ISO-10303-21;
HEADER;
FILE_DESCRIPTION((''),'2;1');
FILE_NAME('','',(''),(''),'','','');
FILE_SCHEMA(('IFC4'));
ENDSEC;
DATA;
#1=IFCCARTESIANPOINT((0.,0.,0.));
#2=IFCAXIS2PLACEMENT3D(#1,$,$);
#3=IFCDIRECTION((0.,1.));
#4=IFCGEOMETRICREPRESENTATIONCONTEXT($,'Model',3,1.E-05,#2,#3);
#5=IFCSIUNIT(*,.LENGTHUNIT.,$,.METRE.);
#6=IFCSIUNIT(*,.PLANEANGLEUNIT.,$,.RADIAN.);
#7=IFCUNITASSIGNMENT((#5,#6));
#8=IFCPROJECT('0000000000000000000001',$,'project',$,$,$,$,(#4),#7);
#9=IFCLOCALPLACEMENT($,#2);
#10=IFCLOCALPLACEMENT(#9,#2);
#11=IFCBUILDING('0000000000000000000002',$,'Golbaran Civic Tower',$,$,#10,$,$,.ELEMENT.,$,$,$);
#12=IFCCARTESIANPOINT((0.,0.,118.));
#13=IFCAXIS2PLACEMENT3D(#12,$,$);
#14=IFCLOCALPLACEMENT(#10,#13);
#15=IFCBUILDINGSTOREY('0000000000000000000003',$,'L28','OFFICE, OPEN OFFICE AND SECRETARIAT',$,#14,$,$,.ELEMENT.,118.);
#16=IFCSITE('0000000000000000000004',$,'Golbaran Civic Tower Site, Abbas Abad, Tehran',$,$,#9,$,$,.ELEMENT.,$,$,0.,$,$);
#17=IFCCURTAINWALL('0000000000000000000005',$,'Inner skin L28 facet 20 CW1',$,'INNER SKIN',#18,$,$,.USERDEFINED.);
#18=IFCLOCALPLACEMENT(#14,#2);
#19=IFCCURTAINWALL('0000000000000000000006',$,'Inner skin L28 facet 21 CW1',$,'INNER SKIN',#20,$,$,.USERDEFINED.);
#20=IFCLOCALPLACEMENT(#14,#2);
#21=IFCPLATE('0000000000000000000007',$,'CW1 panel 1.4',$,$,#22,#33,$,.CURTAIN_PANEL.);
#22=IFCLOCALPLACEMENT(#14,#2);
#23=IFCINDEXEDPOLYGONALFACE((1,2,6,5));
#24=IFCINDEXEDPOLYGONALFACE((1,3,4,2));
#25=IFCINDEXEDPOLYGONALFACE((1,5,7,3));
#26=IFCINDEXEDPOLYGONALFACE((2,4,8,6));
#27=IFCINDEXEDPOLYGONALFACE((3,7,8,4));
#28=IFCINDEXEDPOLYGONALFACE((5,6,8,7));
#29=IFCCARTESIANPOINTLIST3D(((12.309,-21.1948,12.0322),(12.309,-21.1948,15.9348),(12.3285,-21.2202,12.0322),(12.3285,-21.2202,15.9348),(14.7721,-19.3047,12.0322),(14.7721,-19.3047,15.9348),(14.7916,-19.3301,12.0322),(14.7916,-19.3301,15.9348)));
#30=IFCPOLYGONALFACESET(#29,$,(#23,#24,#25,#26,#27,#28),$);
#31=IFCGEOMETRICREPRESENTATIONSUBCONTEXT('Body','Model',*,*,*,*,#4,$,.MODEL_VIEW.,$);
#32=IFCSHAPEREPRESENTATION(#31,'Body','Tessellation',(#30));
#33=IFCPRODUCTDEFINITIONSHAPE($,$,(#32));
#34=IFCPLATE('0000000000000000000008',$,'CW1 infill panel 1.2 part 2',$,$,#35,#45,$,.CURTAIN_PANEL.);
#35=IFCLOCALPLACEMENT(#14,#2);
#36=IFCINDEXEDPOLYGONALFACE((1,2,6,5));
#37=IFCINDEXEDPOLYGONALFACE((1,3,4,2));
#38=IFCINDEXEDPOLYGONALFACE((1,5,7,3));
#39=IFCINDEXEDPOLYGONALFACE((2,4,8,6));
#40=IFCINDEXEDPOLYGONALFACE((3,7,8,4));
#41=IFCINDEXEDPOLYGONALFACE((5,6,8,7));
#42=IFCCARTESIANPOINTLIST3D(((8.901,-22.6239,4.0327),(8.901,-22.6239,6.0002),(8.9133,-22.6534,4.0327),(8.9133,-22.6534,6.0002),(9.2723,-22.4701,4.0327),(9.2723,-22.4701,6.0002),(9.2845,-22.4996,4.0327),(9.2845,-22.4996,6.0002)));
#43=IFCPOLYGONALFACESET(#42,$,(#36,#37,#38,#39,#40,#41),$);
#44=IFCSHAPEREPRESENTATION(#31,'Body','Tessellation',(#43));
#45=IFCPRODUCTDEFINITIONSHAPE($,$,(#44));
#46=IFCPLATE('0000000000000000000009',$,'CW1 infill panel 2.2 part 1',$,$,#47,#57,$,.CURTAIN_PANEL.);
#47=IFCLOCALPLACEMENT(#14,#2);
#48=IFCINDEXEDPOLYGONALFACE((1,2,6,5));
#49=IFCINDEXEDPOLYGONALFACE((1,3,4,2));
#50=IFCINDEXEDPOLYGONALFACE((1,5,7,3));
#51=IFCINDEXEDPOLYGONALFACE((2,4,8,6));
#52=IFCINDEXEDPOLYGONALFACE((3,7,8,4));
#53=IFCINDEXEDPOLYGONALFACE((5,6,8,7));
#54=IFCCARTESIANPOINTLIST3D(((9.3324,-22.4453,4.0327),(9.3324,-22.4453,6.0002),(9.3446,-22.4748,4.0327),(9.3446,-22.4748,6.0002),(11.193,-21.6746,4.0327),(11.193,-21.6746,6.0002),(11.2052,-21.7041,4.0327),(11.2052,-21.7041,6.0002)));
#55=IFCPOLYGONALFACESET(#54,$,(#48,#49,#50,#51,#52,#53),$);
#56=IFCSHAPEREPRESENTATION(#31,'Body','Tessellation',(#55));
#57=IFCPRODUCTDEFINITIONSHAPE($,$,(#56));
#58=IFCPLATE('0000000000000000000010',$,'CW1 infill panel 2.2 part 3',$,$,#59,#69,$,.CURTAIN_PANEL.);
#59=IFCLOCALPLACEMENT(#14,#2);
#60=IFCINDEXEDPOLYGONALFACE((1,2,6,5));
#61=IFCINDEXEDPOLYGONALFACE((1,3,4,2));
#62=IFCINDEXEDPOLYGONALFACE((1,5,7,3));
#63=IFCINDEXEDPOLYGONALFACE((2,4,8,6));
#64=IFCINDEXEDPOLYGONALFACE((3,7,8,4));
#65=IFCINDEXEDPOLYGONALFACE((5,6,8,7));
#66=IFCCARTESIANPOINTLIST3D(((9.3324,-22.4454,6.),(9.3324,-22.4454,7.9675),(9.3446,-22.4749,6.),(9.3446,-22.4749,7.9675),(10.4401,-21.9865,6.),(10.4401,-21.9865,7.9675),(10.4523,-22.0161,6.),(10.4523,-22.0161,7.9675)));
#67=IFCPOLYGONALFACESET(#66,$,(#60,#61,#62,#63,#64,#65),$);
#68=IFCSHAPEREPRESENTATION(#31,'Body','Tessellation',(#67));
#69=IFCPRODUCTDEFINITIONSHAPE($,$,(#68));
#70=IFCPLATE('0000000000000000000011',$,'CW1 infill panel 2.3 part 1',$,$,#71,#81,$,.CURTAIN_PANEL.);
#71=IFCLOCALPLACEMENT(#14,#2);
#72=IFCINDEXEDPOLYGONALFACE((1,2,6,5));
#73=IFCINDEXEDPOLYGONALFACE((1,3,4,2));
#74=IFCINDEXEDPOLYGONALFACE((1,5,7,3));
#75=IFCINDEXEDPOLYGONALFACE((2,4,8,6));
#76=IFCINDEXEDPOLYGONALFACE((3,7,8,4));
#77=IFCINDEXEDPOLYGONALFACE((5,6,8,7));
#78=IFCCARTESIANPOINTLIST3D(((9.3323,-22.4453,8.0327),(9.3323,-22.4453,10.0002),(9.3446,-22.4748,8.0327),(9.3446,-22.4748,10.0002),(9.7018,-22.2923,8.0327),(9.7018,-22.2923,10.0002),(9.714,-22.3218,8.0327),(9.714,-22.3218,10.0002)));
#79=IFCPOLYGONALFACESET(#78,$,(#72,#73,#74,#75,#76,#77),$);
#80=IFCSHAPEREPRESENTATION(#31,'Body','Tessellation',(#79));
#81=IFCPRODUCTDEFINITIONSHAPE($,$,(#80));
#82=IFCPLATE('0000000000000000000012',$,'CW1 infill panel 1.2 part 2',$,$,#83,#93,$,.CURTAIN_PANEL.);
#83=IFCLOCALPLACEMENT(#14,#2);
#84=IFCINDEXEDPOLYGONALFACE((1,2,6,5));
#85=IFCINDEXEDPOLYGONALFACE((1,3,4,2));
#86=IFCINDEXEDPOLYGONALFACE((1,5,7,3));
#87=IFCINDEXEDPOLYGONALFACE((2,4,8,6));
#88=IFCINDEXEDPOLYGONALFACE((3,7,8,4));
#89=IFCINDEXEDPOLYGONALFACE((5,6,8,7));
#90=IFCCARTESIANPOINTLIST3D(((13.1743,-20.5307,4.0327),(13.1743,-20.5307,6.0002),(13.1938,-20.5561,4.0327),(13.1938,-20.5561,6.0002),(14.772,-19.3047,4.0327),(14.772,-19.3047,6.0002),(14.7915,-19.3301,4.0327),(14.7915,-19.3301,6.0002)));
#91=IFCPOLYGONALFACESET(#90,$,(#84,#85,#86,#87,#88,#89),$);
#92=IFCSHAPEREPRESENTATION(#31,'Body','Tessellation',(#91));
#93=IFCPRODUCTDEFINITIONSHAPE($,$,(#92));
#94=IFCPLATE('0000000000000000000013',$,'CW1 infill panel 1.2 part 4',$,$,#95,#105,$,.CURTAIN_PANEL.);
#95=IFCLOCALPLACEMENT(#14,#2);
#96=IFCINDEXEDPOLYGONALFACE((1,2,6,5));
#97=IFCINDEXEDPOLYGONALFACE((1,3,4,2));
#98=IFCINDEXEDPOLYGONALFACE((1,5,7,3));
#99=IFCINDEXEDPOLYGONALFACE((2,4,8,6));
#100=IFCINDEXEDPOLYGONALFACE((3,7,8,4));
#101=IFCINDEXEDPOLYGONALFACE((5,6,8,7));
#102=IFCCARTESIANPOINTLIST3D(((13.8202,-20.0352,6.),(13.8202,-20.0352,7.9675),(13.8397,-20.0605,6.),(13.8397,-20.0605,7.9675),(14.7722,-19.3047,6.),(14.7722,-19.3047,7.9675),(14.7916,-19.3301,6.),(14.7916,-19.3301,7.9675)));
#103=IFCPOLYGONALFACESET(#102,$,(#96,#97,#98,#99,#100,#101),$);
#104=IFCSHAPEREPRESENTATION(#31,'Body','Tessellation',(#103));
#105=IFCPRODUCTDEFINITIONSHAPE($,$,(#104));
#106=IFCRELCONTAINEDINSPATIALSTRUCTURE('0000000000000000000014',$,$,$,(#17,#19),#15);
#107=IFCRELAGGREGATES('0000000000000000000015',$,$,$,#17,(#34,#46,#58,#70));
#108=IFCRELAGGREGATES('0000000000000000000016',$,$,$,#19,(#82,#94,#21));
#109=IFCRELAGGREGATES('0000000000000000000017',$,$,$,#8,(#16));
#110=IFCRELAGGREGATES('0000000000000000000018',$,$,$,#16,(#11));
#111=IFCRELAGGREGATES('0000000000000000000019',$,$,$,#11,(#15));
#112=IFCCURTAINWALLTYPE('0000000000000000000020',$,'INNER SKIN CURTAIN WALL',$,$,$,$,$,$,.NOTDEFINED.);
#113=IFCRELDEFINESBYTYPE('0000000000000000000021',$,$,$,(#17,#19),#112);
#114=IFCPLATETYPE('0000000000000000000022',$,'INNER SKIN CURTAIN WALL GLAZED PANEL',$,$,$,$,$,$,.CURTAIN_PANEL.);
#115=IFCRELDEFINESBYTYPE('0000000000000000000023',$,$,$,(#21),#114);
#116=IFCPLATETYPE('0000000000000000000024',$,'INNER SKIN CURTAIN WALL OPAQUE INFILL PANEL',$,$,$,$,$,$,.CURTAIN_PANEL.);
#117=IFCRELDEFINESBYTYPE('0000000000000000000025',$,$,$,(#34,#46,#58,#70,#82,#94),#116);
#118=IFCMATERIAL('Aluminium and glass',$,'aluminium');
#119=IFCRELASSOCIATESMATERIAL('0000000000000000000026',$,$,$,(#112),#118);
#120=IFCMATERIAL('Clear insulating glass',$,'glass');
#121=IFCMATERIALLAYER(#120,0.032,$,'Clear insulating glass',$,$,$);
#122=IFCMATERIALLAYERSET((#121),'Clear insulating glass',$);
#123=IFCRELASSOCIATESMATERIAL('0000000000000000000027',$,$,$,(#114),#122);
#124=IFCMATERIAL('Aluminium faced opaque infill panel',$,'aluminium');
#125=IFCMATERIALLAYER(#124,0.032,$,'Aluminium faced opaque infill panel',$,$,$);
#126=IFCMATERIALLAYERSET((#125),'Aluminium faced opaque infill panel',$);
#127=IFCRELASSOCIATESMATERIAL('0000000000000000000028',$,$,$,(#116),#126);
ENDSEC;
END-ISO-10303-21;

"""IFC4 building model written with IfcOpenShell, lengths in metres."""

from ifc_helpers import new_model, si_unit, direction, frame, origin, origin_2d, place, context, subcontext, project, spatial, rectangle, extrude, material, layer, layer_set, type_object, element, aggregate, save


model = new_model("IFC4")

# Units and contexts
model_context = context("Model", 3, precision=1e-05, world=origin(), true_north=direction((0.0, 1.0)))
body_context = subcontext(model_context, "Body", "Model", "MODEL_VIEW")
ifc_project = project(units=[si_unit("LENGTHUNIT", "METRE"), si_unit("PLANEANGLEUNIT", "RADIAN")], contexts=[model_context])

# Site, building, storey
site_placement = place(None, origin())
site = spatial("IfcSite", under=ifc_project, at=site_placement, Name="Golbaran Civic Tower Site, Abbas Abad, Tehran", CompositionType="ELEMENT", RefElevation=0.0)
building_placement = place(site_placement, origin())
building = spatial("IfcBuilding", under=site, at=building_placement, Name="Golbaran Civic Tower", CompositionType="ELEMENT")
storey_placement = place(building_placement, frame((0.0, 0.0, 118.0)))
storey = spatial("IfcBuildingStorey", under=building, at=storey_placement, Name="L28", Description="OFFICE, OPEN OFFICE AND SECRETARIAT", CompositionType="ELEMENT", Elevation=118.0)

# Curtain walls
ifc_material_1 = material(Name="Aluminium and glass", Category="aluminium")
curtain_wall_type = type_object("IfcCurtainWallType", Name="INNER SKIN CURTAIN WALL", PredefinedType="NOTDEFINED", material=ifc_material_1)
curtain_wall_1_placement = place(storey_placement, origin())
curtain_wall_1 = element("IfcCurtainWall", 1, at=curtain_wall_1_placement, inside=storey, type_object=curtain_wall_type, Name="Inner skin L28 facet 20 CW1", ObjectType="INNER SKIN", PredefinedType="USERDEFINED")
curtain_wall_2_placement = place(storey_placement, origin())
curtain_wall_2 = element("IfcCurtainWall", 2, at=curtain_wall_2_placement, inside=storey, type_object=curtain_wall_type, Name="Inner skin L28 facet 21 CW1", ObjectType="INNER SKIN", PredefinedType="USERDEFINED")

# Plates
ifc_material_2 = material(Name="Clear insulating glass", Category="glass")
ifc_layer_1 = layer(ifc_material_2, 0.032, Name="Clear insulating glass")
ifc_layer_set_1 = layer_set([ifc_layer_1], Name="Clear insulating glass")
plate_type_1 = type_object("IfcPlateType", Name="INNER SKIN CURTAIN WALL GLAZED PANEL", PredefinedType="CURTAIN_PANEL", material=ifc_layer_set_1)
plate_1_placement = place(storey_placement, frame((13.5503, -20.2625, 12.0322), z_axis=(0.0, 0.0, 1.0), x_axis=(0.793353, 0.608761, 0.0)))
plate_1 = element("IfcPlate", 3, at=plate_1_placement, type_object=plate_type_1, Name="CW1 panel 1.4", PredefinedType="CURTAIN_PANEL", context=body_context, shape_type="SweptSolid", body=[
    extrude(rectangle(XDim=3.1047, YDim=0.032, at=origin_2d()), origin(), (0.0, 0.0, 1.0), 3.9026),
])
ifc_material_3 = material(Name="Aluminium faced opaque infill panel", Category="aluminium")
ifc_layer_2 = layer(ifc_material_3, 0.032, Name="Aluminium faced opaque infill panel")
ifc_layer_set_2 = layer_set([ifc_layer_2], Name="Aluminium faced opaque infill panel")
plate_type_2 = type_object("IfcPlateType", Name="INNER SKIN CURTAIN WALL OPAQUE INFILL PANEL", PredefinedType="CURTAIN_PANEL", material=ifc_layer_set_2)
plate_2_placement = place(storey_placement, frame((9.0928, -22.5618, 4.0327), z_axis=(0.0, 0.0, 1.0), x_axis=(0.92388, 0.382683, 0.0)))
plate_2 = element("IfcPlate", 4, at=plate_2_placement, type_object=plate_type_2, Name="CW1 infill panel 1.2 part 2", PredefinedType="CURTAIN_PANEL", context=body_context, shape_type="SweptSolid", body=[
    extrude(rectangle(XDim=0.4019, YDim=0.032, at=origin_2d()), origin(), (0.0, 0.0, 1.0), 1.9675),
])
plate_3_placement = place(storey_placement, frame((10.2688, -22.0747, 4.0327), z_axis=(0.0, 0.0, 1.0), x_axis=(0.92388, 0.382683, 0.0)))
plate_3 = element("IfcPlate", 5, at=plate_3_placement, type_object=plate_type_2, Name="CW1 infill panel 2.2 part 1", PredefinedType="CURTAIN_PANEL", context=body_context, shape_type="SweptSolid", body=[
    extrude(rectangle(XDim=2.0139, YDim=0.032, at=origin_2d()), origin(), (0.0, 0.0, 1.0), 1.9675),
])
plate_4_placement = place(storey_placement, frame((9.8923, -22.2307, 6.0), z_axis=(0.0, 0.0, 1.0), x_axis=(0.92388, 0.382683, 0.0)))
plate_4 = element("IfcPlate", 6, at=plate_4_placement, type_object=plate_type_2, Name="CW1 infill panel 2.2 part 3", PredefinedType="CURTAIN_PANEL", context=body_context, shape_type="SweptSolid", body=[
    extrude(rectangle(XDim=1.199, YDim=0.032, at=origin_2d()), origin(), (0.0, 0.0, 1.0), 1.9675),
])
plate_5_placement = place(storey_placement, frame((9.5232, -22.3835, 8.0327), z_axis=(0.0, 0.0, 1.0), x_axis=(0.92388, 0.382683, 0.0)))
plate_5 = element("IfcPlate", 7, at=plate_5_placement, type_object=plate_type_2, Name="CW1 infill panel 2.3 part 1", PredefinedType="CURTAIN_PANEL", context=body_context, shape_type="SweptSolid", body=[
    extrude(rectangle(XDim=0.3999, YDim=0.032, at=origin_2d()), origin(), (0.0, 0.0, 1.0), 1.9675),
])
aggregate(curtain_wall_1, [plate_2, plate_3, plate_4, plate_5])
plate_6_placement = place(storey_placement, frame((13.9829, -19.9304, 4.0327), z_axis=(0.0, 0.0, 1.0), x_axis=(0.793353, 0.608761, 0.0)))
plate_6 = element("IfcPlate", 8, at=plate_6_placement, type_object=plate_type_2, Name="CW1 infill panel 1.2 part 2", PredefinedType="CURTAIN_PANEL", context=body_context, shape_type="SweptSolid", body=[
    extrude(rectangle(XDim=2.0139, YDim=0.032, at=origin_2d()), origin(), (0.0, 0.0, 1.0), 1.9675),
])
plate_7_placement = place(storey_placement, frame((14.3059, -19.6826, 6.0), z_axis=(0.0, 0.0, 1.0), x_axis=(0.793353, 0.608761, 0.0)))
plate_7 = element("IfcPlate", 9, at=plate_7_placement, type_object=plate_type_2, Name="CW1 infill panel 1.2 part 4", PredefinedType="CURTAIN_PANEL", context=body_context, shape_type="SweptSolid", body=[
    extrude(rectangle(XDim=1.2, YDim=0.032, at=origin_2d()), origin(), (0.0, 0.0, 1.0), 1.9675),
])
aggregate(curtain_wall_2, [plate_6, plate_7, plate_1])

save(model, "model.ifc")
